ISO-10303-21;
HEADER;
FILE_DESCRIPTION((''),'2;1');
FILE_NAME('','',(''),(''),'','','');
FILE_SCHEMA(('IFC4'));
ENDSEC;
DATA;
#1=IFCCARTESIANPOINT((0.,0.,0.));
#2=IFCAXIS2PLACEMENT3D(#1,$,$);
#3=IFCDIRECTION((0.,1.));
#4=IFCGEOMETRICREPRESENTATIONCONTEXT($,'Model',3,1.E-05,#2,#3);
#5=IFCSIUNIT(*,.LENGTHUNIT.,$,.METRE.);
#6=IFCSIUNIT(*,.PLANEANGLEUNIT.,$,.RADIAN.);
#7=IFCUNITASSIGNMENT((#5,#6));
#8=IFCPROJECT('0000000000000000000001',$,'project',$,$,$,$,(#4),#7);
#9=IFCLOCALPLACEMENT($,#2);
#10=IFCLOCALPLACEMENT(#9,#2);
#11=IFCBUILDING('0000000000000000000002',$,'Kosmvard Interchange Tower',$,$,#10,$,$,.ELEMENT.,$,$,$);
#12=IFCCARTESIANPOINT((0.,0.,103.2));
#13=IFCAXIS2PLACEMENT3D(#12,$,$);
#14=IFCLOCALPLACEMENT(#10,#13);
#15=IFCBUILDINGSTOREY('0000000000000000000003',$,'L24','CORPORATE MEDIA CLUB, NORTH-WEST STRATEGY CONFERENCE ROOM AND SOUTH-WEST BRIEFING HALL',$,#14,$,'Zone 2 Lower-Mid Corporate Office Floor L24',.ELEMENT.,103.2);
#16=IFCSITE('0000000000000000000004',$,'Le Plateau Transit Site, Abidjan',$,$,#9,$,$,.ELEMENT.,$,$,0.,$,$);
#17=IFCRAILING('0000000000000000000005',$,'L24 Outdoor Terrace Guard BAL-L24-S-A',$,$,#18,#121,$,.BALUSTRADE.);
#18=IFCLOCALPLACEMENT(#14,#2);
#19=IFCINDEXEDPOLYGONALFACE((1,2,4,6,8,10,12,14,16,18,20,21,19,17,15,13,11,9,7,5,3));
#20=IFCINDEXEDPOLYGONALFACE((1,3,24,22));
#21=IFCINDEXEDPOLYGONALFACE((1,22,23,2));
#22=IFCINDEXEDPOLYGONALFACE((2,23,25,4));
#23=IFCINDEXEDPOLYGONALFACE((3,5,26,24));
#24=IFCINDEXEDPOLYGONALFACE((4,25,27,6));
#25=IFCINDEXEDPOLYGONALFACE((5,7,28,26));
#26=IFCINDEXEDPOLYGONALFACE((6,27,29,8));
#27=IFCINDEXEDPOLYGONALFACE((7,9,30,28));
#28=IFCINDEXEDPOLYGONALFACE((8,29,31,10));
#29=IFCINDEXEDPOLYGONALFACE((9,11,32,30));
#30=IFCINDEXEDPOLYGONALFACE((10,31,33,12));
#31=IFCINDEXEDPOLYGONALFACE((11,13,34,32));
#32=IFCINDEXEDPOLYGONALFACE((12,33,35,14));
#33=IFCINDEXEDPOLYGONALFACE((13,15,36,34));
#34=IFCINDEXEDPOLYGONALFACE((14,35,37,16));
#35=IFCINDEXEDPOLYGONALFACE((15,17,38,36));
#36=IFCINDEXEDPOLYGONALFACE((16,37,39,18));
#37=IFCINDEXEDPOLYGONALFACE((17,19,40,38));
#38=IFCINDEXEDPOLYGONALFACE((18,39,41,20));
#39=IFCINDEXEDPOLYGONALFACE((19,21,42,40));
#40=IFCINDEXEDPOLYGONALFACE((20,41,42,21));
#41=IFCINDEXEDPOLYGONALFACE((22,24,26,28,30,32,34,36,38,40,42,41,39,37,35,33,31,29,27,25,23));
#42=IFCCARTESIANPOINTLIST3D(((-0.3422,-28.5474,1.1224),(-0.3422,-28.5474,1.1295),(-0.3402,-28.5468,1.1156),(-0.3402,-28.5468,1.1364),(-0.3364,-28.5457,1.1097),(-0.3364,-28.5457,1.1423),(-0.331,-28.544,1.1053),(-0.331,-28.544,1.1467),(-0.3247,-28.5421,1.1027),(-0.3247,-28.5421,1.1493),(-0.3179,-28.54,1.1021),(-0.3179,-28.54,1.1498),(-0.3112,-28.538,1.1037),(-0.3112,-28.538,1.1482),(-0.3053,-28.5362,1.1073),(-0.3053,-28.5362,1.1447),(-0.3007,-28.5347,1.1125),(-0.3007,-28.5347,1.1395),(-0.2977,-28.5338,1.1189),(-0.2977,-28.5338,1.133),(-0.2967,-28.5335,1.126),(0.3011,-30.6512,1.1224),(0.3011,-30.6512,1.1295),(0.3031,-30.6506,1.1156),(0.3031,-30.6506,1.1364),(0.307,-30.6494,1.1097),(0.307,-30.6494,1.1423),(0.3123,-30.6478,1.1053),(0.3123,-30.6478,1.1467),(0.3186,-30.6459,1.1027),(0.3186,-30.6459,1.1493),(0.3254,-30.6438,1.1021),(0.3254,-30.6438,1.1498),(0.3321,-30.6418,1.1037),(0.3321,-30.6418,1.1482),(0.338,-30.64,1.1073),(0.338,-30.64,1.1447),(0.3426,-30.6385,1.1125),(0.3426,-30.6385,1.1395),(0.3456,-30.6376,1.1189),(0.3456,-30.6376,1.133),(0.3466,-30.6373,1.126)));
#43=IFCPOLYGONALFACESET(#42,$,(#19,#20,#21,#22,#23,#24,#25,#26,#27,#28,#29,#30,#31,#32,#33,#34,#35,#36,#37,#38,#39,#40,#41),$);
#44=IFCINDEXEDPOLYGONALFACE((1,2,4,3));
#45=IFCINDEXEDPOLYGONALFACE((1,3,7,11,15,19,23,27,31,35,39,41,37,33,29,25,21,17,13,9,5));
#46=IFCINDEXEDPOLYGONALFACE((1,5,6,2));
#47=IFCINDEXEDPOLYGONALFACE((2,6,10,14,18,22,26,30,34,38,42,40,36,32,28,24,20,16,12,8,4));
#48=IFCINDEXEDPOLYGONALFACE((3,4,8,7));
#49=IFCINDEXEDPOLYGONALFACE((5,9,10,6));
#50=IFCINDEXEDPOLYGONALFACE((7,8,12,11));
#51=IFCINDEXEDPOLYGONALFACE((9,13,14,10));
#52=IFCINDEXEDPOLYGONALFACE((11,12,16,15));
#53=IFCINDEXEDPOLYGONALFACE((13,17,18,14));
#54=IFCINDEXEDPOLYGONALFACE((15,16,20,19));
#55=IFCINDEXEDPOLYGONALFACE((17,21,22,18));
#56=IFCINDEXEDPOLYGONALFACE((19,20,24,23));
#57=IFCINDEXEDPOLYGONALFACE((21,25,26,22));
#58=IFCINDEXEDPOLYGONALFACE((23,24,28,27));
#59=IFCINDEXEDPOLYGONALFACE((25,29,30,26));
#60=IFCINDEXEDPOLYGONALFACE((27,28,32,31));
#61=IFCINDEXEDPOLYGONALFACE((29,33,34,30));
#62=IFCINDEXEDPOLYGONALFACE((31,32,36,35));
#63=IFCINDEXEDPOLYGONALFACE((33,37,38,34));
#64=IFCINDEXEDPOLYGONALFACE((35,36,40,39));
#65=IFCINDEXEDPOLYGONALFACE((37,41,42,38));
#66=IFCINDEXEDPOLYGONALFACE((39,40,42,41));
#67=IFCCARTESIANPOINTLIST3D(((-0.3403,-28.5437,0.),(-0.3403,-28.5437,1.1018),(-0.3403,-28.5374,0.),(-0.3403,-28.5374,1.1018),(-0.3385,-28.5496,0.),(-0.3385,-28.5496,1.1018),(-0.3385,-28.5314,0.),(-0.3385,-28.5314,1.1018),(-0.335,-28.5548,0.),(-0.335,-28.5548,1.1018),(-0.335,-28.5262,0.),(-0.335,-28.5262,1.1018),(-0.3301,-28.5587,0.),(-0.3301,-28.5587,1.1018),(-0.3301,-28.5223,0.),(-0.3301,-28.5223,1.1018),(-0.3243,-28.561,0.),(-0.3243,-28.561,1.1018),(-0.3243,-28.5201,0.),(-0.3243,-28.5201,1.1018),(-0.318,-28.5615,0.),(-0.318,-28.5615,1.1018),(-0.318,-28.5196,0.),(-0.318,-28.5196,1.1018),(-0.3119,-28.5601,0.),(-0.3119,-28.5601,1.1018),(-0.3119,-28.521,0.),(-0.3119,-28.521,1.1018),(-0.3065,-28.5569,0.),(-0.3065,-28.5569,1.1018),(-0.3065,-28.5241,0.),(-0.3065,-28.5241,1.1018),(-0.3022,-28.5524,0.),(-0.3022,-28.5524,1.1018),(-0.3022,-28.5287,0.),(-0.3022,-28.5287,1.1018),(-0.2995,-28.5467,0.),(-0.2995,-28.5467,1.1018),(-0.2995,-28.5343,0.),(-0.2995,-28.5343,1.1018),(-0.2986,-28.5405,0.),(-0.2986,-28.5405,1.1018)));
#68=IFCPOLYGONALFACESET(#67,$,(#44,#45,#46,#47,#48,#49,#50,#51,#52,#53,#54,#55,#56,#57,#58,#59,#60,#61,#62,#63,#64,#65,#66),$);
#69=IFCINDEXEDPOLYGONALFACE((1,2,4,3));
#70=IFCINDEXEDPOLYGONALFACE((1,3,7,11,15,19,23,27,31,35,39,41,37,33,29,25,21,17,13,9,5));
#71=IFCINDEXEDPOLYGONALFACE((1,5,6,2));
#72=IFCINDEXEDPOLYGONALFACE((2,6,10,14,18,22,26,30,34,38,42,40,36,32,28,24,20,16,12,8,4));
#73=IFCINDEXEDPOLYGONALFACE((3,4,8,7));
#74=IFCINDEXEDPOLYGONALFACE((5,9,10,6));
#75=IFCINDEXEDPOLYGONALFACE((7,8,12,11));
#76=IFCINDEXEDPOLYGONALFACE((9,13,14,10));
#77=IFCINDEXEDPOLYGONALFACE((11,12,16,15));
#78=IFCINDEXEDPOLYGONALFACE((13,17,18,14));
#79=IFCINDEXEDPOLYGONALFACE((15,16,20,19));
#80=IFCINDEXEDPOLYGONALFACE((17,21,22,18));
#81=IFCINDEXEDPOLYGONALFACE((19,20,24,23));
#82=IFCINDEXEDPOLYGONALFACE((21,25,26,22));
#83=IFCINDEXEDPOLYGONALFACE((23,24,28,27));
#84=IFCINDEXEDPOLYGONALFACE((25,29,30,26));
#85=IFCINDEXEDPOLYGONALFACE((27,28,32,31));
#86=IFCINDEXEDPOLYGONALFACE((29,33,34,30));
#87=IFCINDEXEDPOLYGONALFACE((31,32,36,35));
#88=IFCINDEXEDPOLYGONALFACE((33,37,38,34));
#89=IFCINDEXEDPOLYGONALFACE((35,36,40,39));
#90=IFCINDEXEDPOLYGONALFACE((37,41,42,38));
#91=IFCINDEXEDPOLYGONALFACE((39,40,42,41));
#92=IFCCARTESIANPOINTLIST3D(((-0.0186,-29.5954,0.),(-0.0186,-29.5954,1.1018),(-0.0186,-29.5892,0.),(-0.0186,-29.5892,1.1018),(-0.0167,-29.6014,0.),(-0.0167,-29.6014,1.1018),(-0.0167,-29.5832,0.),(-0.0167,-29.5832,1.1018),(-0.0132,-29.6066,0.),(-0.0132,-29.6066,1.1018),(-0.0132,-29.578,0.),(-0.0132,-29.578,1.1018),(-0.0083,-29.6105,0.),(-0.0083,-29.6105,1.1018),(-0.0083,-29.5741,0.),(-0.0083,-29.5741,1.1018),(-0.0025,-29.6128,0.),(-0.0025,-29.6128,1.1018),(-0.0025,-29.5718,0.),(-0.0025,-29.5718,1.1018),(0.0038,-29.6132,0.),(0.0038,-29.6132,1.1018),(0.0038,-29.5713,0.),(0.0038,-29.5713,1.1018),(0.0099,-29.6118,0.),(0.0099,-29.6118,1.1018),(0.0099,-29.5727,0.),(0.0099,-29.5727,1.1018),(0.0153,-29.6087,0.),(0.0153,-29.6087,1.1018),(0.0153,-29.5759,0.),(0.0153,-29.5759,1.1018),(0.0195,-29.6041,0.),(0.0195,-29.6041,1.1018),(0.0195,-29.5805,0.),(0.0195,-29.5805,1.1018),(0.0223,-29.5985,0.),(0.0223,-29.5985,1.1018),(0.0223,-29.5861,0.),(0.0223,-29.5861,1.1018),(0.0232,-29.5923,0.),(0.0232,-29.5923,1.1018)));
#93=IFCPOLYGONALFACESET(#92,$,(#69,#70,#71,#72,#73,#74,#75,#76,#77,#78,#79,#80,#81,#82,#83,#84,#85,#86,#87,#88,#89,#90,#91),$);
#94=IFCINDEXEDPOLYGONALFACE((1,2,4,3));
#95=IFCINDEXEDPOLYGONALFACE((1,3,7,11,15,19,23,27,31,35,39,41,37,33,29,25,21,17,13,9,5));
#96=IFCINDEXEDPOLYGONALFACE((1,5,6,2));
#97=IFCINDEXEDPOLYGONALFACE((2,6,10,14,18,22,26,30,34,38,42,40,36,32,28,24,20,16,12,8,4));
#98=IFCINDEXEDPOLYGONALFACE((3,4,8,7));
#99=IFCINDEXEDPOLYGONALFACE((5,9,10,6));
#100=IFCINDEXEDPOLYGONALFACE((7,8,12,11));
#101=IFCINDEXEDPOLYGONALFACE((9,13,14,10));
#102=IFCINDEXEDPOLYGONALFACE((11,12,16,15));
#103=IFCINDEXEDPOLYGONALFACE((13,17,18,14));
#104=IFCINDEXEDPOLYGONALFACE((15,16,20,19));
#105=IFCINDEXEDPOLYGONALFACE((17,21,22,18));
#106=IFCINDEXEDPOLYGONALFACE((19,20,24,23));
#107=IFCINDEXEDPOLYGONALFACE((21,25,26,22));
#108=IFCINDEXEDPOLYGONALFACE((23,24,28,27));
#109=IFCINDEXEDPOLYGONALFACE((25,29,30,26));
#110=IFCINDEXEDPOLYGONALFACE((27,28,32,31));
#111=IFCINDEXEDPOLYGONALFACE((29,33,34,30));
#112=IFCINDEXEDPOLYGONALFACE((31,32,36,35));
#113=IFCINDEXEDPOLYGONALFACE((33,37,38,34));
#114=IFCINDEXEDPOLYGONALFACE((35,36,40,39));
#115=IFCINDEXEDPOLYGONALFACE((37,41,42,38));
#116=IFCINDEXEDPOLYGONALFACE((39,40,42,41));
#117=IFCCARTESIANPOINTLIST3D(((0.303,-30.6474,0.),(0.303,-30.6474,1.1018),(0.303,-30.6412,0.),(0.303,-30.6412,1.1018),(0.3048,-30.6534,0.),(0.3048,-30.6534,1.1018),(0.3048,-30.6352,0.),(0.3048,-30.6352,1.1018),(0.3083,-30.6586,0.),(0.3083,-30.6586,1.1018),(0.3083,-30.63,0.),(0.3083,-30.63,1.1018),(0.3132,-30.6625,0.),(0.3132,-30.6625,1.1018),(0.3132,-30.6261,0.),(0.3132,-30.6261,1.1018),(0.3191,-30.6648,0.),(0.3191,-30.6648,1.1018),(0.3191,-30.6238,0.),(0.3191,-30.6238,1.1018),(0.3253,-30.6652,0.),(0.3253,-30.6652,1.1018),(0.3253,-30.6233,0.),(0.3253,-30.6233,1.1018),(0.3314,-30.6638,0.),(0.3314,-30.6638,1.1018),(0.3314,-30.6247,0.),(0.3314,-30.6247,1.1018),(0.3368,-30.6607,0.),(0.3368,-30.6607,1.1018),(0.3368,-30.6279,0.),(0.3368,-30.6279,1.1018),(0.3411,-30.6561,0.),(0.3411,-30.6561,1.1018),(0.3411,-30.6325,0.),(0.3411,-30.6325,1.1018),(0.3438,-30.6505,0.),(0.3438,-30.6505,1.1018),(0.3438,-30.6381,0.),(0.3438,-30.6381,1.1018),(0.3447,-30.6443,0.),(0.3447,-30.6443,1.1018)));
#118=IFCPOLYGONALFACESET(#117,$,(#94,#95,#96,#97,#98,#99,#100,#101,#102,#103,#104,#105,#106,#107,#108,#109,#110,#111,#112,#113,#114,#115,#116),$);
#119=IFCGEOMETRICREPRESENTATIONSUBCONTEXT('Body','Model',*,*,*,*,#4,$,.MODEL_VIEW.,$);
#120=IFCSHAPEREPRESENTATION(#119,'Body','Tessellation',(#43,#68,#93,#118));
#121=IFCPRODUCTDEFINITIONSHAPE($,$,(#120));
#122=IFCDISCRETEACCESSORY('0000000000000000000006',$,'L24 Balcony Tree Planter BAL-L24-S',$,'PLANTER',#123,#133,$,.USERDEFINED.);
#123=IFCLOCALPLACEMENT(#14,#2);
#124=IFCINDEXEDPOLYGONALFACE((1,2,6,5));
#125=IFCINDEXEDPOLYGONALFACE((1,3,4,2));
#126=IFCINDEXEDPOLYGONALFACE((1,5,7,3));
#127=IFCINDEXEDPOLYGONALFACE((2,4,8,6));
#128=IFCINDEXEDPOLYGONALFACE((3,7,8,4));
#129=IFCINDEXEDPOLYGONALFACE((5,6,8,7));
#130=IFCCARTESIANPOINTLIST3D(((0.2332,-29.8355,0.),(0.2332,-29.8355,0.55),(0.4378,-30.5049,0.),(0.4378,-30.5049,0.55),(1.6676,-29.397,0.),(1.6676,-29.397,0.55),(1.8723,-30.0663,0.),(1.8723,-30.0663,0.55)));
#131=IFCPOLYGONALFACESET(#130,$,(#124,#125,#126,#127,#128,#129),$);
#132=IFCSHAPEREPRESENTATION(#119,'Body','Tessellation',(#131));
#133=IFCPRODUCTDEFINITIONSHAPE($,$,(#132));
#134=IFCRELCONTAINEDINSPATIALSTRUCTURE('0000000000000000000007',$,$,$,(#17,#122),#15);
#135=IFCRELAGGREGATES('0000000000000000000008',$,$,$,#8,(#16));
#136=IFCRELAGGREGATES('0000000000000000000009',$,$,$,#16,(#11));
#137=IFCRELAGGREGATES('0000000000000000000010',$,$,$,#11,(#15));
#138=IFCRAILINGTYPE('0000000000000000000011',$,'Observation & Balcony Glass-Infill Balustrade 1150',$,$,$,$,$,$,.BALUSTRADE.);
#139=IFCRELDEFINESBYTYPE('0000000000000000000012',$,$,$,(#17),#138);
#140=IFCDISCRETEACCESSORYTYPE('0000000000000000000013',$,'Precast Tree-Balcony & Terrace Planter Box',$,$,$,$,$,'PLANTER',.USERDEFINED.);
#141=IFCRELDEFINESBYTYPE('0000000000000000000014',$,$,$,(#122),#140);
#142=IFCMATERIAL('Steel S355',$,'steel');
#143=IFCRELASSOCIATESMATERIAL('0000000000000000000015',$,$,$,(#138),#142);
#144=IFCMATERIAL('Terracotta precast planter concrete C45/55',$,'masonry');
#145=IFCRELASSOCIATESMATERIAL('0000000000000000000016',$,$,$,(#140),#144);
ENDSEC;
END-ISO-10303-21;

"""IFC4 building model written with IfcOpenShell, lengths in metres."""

from ifc_helpers import new_model, si_unit, direction, frame, origin, origin_2d, place, context, subcontext, project, spatial, rectangle, circle, extrude, source, transform, mapped, material, type_object, element, save


model = new_model("IFC4")

# Units and contexts
model_context = context("Model", 3, precision=1e-05, world=origin(), true_north=direction((0.0, 1.0)))
body_context = subcontext(model_context, "Body", "Model", "MODEL_VIEW")
ifc_project = project(units=[si_unit("LENGTHUNIT", "METRE"), si_unit("PLANEANGLEUNIT", "RADIAN")], contexts=[model_context])

# Site, building, storey
site_placement = place(None, origin())
site = spatial("IfcSite", under=ifc_project, at=site_placement, Name="Le Plateau Transit Site, Abidjan", CompositionType="ELEMENT", RefElevation=0.0)
building_placement = place(site_placement, origin())
building = spatial("IfcBuilding", under=site, at=building_placement, Name="Kosmvard Interchange Tower", CompositionType="ELEMENT")
storey_placement = place(building_placement, frame((0.0, 0.0, 103.2)))
storey = spatial("IfcBuildingStorey", under=building, at=storey_placement, Name="L24", Description="CORPORATE MEDIA CLUB, NORTH-WEST STRATEGY CONFERENCE ROOM AND SOUTH-WEST BRIEFING HALL", LongName="Zone 2 Lower-Mid Corporate Office Floor L24", CompositionType="ELEMENT", Elevation=103.2)

# Shared definitions
ifc_material_1 = material(Name="Steel S355", Category="steel")

# Railing
railing_type = type_object("IfcRailingType", Name="Observation & Balcony Glass-Infill Balustrade 1150", PredefinedType="BALUSTRADE", material=ifc_material_1)
shared_shape_1 = source(origin(), body_context, "Body", "SweptSolid", [
    extrude(circle(Radius=0.0239, at=origin_2d()), frame((0.0, 0.0, 1.126), z_axis=(0.292424, -0.956289, 0.0), x_axis=(0.956289, 0.292424, 0.0)), (0.0, 0.0, 1.0), 2.2),
    extrude(circle(Radius=0.021, at=origin_2d()), origin(), (0.0, 0.0, 1.0), 1.1018),
    extrude(circle(Radius=0.021, at=origin_2d()), frame((0.3218, -1.0518, 0.0)), (0.0, 0.0, 1.0), 1.1018),
    extrude(circle(Radius=0.021, at=origin_2d()), frame((0.6433, -2.1038, 0.0)), (0.0, 0.0, 1.0), 1.1018),
])
railing_1_placement = place(storey_placement, frame((-0.3196, -28.5405, 0.0)))
element("IfcRailing", 1, at=railing_1_placement, inside=storey, type_object=railing_type, Name="L24 Outdoor Terrace Guard BAL-L24-S-A", PredefinedType="BALUSTRADE", context=body_context, shape_type="MappedRepresentation", body=[
    mapped(shared_shape_1, transform((0.0, 0.0, 0.0), scale=1.0)),
])

# Discrete accessory
ifc_material_2 = material(Name="Terracotta precast planter concrete C45/55", Category="masonry")
discrete_accessory_type = type_object("IfcDiscreteAccessoryType", Name="Precast Tree-Balcony & Terrace Planter Box", ElementType="PLANTER", PredefinedType="USERDEFINED", material=ifc_material_2)
shared_shape_2 = source(origin(), body_context, "Body", "SweptSolid", [
    extrude(rectangle(XDim=1.5, YDim=0.7, at=origin_2d()), origin(), (0.0, 0.0, 1.0), 0.55),
])
discrete_accessory_placement = place(storey_placement, frame((1.0527, -29.9509, 0.0), z_axis=(0.0, 0.0, 1.0), x_axis=(0.956305, 0.292372, 0.0)))
element("IfcDiscreteAccessory", 2, at=discrete_accessory_placement, inside=storey, type_object=discrete_accessory_type, Name="L24 Balcony Tree Planter BAL-L24-S", ObjectType="PLANTER", PredefinedType="USERDEFINED", context=body_context, shape_type="MappedRepresentation", body=[
    mapped(shared_shape_2, transform((0.0, 0.0, 0.0), scale=1.0)),
])

save(model, "model.ifc")
